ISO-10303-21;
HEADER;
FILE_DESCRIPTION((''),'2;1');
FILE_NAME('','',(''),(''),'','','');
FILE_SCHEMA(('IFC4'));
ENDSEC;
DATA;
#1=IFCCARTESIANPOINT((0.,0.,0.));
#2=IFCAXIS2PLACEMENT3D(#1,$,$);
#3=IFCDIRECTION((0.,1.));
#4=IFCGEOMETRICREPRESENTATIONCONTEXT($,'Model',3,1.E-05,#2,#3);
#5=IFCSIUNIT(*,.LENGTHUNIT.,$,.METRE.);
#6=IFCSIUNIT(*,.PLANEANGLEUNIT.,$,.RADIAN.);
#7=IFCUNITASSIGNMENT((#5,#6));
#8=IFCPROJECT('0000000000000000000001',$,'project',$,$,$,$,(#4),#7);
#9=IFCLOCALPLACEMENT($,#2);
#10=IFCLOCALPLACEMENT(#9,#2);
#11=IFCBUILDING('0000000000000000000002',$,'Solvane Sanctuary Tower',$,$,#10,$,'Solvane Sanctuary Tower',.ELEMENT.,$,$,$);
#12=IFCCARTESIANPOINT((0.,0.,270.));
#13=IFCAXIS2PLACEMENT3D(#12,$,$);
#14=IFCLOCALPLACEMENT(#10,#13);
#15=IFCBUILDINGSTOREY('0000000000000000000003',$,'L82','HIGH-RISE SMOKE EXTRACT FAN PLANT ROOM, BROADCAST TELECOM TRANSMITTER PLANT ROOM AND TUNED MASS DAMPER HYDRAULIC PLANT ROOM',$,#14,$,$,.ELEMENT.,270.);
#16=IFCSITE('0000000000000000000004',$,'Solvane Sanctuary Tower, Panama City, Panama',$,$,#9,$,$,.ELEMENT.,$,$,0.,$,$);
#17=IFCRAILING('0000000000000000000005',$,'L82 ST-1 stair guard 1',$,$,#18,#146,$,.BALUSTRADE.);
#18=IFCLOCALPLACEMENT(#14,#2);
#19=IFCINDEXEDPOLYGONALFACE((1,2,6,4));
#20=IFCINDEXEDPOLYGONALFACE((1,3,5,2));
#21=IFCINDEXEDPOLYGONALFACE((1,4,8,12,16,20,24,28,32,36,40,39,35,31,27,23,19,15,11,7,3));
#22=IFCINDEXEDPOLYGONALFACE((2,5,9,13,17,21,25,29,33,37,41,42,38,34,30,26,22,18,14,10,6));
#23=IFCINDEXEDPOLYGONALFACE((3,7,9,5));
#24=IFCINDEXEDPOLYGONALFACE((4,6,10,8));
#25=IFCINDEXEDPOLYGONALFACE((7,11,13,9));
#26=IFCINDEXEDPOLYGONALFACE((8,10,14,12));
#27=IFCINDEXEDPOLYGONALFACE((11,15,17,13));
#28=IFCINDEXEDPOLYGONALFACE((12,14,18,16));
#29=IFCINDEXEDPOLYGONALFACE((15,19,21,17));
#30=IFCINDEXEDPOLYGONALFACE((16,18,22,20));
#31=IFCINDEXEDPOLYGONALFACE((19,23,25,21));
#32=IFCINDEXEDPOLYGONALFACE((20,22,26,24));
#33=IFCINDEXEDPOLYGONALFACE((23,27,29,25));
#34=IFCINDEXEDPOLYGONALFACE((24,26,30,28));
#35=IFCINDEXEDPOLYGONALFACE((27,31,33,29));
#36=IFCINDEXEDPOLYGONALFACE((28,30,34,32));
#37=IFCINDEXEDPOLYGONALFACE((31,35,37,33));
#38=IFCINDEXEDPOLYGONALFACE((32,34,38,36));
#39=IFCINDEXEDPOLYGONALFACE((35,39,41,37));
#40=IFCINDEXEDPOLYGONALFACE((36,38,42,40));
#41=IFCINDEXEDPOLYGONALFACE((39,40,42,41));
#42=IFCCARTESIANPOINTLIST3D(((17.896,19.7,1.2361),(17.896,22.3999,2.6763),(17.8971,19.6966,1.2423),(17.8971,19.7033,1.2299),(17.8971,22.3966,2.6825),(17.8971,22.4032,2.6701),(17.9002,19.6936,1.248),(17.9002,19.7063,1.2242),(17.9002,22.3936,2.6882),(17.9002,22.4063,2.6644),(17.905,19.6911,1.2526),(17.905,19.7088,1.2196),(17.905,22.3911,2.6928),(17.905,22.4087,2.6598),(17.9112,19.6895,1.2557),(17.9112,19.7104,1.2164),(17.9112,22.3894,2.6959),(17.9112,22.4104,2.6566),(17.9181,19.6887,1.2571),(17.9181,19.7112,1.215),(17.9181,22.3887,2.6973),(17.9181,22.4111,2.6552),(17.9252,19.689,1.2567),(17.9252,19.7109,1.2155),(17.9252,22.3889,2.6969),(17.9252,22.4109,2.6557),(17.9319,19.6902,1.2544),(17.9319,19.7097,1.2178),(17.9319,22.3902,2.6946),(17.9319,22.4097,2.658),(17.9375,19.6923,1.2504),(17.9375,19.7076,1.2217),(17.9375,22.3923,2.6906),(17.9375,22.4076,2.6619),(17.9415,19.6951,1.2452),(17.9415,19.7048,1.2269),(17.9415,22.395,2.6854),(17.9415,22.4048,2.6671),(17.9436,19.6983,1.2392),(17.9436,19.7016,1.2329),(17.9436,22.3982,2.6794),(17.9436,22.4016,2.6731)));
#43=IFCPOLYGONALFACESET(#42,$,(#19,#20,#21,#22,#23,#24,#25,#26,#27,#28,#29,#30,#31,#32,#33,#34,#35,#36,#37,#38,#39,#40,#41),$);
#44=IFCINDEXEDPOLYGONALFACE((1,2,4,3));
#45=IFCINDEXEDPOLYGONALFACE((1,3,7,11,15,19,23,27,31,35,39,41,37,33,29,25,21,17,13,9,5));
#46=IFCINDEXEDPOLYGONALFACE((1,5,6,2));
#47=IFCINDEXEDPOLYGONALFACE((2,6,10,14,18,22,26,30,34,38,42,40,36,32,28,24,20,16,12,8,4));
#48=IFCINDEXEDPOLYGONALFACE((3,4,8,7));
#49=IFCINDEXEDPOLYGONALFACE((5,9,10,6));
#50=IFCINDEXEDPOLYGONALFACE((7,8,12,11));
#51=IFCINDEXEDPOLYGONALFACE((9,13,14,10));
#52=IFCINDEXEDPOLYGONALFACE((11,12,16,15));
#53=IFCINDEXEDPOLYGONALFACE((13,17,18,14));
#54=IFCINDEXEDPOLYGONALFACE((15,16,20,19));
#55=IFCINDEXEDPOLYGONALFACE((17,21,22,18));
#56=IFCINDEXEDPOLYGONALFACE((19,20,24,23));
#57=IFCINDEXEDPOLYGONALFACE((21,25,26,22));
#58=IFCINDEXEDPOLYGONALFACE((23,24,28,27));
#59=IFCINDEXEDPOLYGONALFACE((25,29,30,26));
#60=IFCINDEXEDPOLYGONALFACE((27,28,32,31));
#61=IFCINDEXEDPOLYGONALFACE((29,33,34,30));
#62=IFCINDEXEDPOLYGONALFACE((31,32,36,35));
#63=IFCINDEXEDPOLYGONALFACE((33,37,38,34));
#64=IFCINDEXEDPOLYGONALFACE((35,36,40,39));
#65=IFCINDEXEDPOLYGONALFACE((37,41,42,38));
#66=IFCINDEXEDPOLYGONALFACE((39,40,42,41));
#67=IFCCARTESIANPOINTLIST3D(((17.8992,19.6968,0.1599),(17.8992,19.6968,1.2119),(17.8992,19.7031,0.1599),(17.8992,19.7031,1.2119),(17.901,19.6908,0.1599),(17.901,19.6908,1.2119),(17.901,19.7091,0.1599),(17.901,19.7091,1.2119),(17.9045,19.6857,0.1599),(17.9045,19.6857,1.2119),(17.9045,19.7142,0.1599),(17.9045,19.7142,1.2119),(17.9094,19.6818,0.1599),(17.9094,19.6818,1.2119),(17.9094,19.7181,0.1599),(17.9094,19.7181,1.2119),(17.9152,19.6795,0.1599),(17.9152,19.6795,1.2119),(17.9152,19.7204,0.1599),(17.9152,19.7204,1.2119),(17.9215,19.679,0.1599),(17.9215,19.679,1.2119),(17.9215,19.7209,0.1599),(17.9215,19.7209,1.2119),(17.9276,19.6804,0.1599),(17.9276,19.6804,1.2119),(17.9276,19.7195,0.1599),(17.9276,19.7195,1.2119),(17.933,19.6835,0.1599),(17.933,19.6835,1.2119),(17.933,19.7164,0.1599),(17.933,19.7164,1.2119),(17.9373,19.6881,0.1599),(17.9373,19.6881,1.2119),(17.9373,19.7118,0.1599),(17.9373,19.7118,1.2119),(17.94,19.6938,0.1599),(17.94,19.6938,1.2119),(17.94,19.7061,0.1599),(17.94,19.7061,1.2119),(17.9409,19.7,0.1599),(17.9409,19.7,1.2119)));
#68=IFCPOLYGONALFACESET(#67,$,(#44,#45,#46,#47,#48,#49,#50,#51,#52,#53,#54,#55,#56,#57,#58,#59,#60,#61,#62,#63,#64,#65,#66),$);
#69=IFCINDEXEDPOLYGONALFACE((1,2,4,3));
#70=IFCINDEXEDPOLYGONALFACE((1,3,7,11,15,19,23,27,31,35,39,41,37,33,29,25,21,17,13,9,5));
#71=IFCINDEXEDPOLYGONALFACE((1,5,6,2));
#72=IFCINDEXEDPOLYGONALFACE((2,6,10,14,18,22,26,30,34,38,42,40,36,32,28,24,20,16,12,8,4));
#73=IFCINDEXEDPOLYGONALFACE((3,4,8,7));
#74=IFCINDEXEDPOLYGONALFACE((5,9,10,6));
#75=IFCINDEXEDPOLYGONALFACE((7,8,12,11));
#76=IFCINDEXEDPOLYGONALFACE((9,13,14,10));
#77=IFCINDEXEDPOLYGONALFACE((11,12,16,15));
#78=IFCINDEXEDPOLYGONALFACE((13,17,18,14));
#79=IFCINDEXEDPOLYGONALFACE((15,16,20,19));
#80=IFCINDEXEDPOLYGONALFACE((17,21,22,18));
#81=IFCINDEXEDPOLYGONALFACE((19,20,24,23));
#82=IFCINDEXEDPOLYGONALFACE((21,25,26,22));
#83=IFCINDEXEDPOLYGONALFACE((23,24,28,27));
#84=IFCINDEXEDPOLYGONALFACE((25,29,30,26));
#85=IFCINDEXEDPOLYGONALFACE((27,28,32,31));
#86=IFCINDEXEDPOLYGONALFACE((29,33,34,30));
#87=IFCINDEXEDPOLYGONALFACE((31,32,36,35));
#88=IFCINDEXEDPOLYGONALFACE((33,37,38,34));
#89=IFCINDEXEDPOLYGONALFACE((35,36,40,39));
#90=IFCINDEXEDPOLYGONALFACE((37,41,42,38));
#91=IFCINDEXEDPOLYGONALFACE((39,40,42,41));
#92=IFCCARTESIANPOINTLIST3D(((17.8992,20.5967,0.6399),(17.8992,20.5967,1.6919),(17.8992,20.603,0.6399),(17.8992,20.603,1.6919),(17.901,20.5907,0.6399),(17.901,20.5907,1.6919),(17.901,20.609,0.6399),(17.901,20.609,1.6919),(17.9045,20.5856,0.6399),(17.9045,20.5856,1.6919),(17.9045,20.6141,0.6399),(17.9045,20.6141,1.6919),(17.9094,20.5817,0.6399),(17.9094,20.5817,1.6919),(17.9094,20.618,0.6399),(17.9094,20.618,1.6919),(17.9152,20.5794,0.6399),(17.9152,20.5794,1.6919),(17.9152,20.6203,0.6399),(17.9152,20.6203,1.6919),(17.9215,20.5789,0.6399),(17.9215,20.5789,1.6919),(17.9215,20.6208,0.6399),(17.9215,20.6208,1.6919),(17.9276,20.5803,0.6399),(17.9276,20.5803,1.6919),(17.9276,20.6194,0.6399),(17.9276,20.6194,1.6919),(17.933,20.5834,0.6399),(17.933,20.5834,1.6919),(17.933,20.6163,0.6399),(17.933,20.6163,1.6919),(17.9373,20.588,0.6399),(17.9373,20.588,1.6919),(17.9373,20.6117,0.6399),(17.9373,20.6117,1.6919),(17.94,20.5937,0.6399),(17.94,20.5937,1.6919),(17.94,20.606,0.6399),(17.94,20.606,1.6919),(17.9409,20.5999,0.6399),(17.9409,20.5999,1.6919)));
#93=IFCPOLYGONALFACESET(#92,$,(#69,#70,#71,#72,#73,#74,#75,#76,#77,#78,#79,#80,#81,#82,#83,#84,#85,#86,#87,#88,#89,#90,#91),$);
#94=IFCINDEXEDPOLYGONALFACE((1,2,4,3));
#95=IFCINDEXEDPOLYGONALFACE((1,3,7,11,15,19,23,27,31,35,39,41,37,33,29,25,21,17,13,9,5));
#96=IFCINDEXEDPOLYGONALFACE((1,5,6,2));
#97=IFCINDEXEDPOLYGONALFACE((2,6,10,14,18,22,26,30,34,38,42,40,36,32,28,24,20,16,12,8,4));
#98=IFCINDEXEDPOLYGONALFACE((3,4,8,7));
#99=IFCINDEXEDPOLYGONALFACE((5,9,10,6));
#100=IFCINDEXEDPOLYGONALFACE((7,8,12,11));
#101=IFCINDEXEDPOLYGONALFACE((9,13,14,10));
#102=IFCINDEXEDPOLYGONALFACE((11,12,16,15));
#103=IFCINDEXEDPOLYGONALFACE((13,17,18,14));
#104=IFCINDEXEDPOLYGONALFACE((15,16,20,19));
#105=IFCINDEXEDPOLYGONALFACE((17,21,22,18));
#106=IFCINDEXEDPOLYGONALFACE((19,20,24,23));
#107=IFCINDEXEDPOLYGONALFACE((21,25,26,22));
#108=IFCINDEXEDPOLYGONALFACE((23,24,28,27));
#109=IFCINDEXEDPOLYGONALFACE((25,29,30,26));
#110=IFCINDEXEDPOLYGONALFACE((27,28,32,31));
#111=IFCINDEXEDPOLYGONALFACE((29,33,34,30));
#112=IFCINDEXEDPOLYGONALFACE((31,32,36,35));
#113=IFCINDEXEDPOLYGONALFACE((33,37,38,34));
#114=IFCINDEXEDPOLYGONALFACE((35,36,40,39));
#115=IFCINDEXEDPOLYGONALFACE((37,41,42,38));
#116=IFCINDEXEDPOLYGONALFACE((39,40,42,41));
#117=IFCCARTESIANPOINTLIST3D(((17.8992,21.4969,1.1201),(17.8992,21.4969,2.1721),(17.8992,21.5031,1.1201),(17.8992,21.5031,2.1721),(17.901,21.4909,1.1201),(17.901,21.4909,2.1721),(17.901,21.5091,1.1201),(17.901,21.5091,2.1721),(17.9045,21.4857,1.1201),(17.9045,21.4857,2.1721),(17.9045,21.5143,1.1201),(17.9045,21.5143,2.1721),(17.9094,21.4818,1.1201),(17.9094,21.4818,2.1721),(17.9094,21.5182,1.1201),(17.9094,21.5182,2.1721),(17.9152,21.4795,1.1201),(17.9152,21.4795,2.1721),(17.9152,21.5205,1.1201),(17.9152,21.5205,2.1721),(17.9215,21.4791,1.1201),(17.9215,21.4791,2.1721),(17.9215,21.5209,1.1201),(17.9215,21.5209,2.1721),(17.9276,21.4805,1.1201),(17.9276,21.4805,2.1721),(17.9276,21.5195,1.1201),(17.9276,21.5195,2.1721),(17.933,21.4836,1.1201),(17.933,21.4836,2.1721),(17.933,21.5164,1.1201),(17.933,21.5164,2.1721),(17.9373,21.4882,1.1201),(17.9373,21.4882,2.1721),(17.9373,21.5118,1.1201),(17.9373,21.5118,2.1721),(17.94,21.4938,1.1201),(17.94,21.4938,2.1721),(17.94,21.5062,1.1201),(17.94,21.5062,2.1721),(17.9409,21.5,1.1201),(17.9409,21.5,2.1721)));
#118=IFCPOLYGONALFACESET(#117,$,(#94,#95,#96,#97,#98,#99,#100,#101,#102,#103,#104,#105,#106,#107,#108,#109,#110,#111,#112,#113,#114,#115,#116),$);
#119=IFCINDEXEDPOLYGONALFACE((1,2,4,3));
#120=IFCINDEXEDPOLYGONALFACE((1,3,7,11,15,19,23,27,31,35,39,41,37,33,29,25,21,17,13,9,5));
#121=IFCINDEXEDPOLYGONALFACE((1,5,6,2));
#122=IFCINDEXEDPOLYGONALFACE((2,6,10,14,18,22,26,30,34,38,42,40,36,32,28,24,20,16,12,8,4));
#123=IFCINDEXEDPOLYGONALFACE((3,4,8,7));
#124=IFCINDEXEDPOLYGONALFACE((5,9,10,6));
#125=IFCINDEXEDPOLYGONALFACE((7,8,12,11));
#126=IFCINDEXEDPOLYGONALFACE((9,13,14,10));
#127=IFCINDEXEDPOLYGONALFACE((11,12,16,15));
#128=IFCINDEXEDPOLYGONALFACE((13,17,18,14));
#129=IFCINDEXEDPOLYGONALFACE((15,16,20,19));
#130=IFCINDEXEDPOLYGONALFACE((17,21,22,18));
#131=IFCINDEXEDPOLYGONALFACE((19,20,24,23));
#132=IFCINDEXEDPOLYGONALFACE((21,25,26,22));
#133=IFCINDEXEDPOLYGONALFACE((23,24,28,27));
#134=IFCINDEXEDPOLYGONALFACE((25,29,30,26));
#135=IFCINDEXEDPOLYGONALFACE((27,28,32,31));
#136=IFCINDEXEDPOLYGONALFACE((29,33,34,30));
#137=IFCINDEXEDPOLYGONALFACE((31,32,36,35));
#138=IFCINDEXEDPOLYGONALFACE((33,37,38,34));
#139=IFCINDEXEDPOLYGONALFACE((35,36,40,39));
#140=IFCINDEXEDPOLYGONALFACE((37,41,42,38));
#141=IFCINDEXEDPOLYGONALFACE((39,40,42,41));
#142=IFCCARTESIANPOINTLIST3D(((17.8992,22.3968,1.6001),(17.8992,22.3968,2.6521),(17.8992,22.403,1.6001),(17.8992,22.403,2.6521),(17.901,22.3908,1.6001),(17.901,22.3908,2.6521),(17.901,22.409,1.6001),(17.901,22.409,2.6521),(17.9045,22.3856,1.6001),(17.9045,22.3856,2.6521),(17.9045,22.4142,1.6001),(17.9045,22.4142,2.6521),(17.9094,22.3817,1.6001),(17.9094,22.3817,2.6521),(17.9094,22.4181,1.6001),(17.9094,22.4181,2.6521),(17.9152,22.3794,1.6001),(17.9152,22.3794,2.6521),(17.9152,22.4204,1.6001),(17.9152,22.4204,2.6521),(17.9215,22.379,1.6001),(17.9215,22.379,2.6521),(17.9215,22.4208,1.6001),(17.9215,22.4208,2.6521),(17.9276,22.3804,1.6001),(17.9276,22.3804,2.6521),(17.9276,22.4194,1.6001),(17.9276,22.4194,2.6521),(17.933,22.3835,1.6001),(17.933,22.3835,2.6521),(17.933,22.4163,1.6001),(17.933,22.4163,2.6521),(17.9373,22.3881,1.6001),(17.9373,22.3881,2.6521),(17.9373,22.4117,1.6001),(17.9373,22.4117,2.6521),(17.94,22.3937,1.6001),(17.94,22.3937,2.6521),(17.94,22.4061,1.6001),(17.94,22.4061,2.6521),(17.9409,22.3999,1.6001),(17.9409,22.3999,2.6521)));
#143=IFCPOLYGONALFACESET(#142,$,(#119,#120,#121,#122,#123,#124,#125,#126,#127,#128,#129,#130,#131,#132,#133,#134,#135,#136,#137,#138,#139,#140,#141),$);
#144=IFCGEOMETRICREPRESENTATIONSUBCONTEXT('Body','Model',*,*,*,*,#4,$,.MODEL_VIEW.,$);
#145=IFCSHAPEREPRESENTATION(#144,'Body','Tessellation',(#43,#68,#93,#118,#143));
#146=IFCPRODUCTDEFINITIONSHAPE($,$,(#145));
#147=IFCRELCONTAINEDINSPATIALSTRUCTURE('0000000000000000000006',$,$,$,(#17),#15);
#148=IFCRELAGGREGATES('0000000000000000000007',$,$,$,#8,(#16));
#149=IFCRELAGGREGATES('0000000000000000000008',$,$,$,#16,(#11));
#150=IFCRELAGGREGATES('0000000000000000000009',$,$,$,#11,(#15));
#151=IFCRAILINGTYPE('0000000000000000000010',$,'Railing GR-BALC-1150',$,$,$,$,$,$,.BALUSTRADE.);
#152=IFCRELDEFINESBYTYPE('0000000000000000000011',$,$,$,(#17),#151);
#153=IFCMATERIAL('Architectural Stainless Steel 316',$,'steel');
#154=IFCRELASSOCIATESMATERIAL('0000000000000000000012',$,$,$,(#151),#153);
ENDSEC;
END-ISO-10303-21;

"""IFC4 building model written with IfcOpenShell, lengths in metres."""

from ifc_helpers import new_model, si_unit, direction, frame, origin, origin_2d, place, context, subcontext, project, spatial, circle, extrude, material, type_object, element, save


model = new_model("IFC4")

# Units and contexts
model_context = context("Model", 3, precision=1e-05, world=origin(), true_north=direction((0.0, 1.0)))
body_context = subcontext(model_context, "Body", "Model", "MODEL_VIEW")
ifc_project = project(units=[si_unit("LENGTHUNIT", "METRE"), si_unit("PLANEANGLEUNIT", "RADIAN")], contexts=[model_context])

# Site, building, storey
site_placement = place(None, origin())
site = spatial("IfcSite", under=ifc_project, at=site_placement, Name="Solvane Sanctuary Tower, Panama City, Panama", CompositionType="ELEMENT", RefElevation=0.0)
building_placement = place(site_placement, origin())
building = spatial("IfcBuilding", under=site, at=building_placement, Name="Solvane Sanctuary Tower", LongName="Solvane Sanctuary Tower", CompositionType="ELEMENT")
storey_placement = place(building_placement, frame((0.0, 0.0, 270.0)))
storey = spatial("IfcBuildingStorey", under=building, at=storey_placement, Name="L82", Description="HIGH-RISE SMOKE EXTRACT FAN PLANT ROOM, BROADCAST TELECOM TRANSMITTER PLANT ROOM AND TUNED MASS DAMPER HYDRAULIC PLANT ROOM", CompositionType="ELEMENT", Elevation=270.0)

# Shared definitions
ifc_material_1 = material(Name="Architectural Stainless Steel 316", Category="steel")

# Railing
railing_type_1 = type_object("IfcRailingType", Name="Railing GR-BALC-1150", PredefinedType="BALUSTRADE", material=ifc_material_1)
railing_1_placement = place(storey_placement, frame((17.9199, 19.7, 0.1599)))
element("IfcRailing", 1, at=railing_1_placement, inside=storey, type_object=railing_type_1, Name="L82 ST-1 stair guard 1", PredefinedType="BALUSTRADE", context=body_context, shape_type="SweptSolid", body=[
    extrude(circle(Radius=0.0239, at=origin_2d()), frame((0.0, 0.0, 1.0762), z_axis=(0.0, 0.882324, 0.470642), x_axis=(-1.0, 0.0, 0.0)), (0.0, 0.0, 1.0), 3.0601),
    extrude(circle(Radius=0.021, at=origin_2d()), origin(), (0.0, 0.0, 1.0), 1.052),
    extrude(circle(Radius=0.021, at=origin_2d()), frame((0.0, 0.8999, 0.48)), (0.0, 0.0, 1.0), 1.052),
    extrude(circle(Radius=0.021, at=origin_2d()), frame((0.0, 1.8, 0.9602)), (0.0, 0.0, 1.0), 1.052),
    extrude(circle(Radius=0.021, at=origin_2d()), frame((0.0, 2.7, 1.4402)), (0.0, 0.0, 1.0), 1.052),
])

save(model, "model.ifc")
